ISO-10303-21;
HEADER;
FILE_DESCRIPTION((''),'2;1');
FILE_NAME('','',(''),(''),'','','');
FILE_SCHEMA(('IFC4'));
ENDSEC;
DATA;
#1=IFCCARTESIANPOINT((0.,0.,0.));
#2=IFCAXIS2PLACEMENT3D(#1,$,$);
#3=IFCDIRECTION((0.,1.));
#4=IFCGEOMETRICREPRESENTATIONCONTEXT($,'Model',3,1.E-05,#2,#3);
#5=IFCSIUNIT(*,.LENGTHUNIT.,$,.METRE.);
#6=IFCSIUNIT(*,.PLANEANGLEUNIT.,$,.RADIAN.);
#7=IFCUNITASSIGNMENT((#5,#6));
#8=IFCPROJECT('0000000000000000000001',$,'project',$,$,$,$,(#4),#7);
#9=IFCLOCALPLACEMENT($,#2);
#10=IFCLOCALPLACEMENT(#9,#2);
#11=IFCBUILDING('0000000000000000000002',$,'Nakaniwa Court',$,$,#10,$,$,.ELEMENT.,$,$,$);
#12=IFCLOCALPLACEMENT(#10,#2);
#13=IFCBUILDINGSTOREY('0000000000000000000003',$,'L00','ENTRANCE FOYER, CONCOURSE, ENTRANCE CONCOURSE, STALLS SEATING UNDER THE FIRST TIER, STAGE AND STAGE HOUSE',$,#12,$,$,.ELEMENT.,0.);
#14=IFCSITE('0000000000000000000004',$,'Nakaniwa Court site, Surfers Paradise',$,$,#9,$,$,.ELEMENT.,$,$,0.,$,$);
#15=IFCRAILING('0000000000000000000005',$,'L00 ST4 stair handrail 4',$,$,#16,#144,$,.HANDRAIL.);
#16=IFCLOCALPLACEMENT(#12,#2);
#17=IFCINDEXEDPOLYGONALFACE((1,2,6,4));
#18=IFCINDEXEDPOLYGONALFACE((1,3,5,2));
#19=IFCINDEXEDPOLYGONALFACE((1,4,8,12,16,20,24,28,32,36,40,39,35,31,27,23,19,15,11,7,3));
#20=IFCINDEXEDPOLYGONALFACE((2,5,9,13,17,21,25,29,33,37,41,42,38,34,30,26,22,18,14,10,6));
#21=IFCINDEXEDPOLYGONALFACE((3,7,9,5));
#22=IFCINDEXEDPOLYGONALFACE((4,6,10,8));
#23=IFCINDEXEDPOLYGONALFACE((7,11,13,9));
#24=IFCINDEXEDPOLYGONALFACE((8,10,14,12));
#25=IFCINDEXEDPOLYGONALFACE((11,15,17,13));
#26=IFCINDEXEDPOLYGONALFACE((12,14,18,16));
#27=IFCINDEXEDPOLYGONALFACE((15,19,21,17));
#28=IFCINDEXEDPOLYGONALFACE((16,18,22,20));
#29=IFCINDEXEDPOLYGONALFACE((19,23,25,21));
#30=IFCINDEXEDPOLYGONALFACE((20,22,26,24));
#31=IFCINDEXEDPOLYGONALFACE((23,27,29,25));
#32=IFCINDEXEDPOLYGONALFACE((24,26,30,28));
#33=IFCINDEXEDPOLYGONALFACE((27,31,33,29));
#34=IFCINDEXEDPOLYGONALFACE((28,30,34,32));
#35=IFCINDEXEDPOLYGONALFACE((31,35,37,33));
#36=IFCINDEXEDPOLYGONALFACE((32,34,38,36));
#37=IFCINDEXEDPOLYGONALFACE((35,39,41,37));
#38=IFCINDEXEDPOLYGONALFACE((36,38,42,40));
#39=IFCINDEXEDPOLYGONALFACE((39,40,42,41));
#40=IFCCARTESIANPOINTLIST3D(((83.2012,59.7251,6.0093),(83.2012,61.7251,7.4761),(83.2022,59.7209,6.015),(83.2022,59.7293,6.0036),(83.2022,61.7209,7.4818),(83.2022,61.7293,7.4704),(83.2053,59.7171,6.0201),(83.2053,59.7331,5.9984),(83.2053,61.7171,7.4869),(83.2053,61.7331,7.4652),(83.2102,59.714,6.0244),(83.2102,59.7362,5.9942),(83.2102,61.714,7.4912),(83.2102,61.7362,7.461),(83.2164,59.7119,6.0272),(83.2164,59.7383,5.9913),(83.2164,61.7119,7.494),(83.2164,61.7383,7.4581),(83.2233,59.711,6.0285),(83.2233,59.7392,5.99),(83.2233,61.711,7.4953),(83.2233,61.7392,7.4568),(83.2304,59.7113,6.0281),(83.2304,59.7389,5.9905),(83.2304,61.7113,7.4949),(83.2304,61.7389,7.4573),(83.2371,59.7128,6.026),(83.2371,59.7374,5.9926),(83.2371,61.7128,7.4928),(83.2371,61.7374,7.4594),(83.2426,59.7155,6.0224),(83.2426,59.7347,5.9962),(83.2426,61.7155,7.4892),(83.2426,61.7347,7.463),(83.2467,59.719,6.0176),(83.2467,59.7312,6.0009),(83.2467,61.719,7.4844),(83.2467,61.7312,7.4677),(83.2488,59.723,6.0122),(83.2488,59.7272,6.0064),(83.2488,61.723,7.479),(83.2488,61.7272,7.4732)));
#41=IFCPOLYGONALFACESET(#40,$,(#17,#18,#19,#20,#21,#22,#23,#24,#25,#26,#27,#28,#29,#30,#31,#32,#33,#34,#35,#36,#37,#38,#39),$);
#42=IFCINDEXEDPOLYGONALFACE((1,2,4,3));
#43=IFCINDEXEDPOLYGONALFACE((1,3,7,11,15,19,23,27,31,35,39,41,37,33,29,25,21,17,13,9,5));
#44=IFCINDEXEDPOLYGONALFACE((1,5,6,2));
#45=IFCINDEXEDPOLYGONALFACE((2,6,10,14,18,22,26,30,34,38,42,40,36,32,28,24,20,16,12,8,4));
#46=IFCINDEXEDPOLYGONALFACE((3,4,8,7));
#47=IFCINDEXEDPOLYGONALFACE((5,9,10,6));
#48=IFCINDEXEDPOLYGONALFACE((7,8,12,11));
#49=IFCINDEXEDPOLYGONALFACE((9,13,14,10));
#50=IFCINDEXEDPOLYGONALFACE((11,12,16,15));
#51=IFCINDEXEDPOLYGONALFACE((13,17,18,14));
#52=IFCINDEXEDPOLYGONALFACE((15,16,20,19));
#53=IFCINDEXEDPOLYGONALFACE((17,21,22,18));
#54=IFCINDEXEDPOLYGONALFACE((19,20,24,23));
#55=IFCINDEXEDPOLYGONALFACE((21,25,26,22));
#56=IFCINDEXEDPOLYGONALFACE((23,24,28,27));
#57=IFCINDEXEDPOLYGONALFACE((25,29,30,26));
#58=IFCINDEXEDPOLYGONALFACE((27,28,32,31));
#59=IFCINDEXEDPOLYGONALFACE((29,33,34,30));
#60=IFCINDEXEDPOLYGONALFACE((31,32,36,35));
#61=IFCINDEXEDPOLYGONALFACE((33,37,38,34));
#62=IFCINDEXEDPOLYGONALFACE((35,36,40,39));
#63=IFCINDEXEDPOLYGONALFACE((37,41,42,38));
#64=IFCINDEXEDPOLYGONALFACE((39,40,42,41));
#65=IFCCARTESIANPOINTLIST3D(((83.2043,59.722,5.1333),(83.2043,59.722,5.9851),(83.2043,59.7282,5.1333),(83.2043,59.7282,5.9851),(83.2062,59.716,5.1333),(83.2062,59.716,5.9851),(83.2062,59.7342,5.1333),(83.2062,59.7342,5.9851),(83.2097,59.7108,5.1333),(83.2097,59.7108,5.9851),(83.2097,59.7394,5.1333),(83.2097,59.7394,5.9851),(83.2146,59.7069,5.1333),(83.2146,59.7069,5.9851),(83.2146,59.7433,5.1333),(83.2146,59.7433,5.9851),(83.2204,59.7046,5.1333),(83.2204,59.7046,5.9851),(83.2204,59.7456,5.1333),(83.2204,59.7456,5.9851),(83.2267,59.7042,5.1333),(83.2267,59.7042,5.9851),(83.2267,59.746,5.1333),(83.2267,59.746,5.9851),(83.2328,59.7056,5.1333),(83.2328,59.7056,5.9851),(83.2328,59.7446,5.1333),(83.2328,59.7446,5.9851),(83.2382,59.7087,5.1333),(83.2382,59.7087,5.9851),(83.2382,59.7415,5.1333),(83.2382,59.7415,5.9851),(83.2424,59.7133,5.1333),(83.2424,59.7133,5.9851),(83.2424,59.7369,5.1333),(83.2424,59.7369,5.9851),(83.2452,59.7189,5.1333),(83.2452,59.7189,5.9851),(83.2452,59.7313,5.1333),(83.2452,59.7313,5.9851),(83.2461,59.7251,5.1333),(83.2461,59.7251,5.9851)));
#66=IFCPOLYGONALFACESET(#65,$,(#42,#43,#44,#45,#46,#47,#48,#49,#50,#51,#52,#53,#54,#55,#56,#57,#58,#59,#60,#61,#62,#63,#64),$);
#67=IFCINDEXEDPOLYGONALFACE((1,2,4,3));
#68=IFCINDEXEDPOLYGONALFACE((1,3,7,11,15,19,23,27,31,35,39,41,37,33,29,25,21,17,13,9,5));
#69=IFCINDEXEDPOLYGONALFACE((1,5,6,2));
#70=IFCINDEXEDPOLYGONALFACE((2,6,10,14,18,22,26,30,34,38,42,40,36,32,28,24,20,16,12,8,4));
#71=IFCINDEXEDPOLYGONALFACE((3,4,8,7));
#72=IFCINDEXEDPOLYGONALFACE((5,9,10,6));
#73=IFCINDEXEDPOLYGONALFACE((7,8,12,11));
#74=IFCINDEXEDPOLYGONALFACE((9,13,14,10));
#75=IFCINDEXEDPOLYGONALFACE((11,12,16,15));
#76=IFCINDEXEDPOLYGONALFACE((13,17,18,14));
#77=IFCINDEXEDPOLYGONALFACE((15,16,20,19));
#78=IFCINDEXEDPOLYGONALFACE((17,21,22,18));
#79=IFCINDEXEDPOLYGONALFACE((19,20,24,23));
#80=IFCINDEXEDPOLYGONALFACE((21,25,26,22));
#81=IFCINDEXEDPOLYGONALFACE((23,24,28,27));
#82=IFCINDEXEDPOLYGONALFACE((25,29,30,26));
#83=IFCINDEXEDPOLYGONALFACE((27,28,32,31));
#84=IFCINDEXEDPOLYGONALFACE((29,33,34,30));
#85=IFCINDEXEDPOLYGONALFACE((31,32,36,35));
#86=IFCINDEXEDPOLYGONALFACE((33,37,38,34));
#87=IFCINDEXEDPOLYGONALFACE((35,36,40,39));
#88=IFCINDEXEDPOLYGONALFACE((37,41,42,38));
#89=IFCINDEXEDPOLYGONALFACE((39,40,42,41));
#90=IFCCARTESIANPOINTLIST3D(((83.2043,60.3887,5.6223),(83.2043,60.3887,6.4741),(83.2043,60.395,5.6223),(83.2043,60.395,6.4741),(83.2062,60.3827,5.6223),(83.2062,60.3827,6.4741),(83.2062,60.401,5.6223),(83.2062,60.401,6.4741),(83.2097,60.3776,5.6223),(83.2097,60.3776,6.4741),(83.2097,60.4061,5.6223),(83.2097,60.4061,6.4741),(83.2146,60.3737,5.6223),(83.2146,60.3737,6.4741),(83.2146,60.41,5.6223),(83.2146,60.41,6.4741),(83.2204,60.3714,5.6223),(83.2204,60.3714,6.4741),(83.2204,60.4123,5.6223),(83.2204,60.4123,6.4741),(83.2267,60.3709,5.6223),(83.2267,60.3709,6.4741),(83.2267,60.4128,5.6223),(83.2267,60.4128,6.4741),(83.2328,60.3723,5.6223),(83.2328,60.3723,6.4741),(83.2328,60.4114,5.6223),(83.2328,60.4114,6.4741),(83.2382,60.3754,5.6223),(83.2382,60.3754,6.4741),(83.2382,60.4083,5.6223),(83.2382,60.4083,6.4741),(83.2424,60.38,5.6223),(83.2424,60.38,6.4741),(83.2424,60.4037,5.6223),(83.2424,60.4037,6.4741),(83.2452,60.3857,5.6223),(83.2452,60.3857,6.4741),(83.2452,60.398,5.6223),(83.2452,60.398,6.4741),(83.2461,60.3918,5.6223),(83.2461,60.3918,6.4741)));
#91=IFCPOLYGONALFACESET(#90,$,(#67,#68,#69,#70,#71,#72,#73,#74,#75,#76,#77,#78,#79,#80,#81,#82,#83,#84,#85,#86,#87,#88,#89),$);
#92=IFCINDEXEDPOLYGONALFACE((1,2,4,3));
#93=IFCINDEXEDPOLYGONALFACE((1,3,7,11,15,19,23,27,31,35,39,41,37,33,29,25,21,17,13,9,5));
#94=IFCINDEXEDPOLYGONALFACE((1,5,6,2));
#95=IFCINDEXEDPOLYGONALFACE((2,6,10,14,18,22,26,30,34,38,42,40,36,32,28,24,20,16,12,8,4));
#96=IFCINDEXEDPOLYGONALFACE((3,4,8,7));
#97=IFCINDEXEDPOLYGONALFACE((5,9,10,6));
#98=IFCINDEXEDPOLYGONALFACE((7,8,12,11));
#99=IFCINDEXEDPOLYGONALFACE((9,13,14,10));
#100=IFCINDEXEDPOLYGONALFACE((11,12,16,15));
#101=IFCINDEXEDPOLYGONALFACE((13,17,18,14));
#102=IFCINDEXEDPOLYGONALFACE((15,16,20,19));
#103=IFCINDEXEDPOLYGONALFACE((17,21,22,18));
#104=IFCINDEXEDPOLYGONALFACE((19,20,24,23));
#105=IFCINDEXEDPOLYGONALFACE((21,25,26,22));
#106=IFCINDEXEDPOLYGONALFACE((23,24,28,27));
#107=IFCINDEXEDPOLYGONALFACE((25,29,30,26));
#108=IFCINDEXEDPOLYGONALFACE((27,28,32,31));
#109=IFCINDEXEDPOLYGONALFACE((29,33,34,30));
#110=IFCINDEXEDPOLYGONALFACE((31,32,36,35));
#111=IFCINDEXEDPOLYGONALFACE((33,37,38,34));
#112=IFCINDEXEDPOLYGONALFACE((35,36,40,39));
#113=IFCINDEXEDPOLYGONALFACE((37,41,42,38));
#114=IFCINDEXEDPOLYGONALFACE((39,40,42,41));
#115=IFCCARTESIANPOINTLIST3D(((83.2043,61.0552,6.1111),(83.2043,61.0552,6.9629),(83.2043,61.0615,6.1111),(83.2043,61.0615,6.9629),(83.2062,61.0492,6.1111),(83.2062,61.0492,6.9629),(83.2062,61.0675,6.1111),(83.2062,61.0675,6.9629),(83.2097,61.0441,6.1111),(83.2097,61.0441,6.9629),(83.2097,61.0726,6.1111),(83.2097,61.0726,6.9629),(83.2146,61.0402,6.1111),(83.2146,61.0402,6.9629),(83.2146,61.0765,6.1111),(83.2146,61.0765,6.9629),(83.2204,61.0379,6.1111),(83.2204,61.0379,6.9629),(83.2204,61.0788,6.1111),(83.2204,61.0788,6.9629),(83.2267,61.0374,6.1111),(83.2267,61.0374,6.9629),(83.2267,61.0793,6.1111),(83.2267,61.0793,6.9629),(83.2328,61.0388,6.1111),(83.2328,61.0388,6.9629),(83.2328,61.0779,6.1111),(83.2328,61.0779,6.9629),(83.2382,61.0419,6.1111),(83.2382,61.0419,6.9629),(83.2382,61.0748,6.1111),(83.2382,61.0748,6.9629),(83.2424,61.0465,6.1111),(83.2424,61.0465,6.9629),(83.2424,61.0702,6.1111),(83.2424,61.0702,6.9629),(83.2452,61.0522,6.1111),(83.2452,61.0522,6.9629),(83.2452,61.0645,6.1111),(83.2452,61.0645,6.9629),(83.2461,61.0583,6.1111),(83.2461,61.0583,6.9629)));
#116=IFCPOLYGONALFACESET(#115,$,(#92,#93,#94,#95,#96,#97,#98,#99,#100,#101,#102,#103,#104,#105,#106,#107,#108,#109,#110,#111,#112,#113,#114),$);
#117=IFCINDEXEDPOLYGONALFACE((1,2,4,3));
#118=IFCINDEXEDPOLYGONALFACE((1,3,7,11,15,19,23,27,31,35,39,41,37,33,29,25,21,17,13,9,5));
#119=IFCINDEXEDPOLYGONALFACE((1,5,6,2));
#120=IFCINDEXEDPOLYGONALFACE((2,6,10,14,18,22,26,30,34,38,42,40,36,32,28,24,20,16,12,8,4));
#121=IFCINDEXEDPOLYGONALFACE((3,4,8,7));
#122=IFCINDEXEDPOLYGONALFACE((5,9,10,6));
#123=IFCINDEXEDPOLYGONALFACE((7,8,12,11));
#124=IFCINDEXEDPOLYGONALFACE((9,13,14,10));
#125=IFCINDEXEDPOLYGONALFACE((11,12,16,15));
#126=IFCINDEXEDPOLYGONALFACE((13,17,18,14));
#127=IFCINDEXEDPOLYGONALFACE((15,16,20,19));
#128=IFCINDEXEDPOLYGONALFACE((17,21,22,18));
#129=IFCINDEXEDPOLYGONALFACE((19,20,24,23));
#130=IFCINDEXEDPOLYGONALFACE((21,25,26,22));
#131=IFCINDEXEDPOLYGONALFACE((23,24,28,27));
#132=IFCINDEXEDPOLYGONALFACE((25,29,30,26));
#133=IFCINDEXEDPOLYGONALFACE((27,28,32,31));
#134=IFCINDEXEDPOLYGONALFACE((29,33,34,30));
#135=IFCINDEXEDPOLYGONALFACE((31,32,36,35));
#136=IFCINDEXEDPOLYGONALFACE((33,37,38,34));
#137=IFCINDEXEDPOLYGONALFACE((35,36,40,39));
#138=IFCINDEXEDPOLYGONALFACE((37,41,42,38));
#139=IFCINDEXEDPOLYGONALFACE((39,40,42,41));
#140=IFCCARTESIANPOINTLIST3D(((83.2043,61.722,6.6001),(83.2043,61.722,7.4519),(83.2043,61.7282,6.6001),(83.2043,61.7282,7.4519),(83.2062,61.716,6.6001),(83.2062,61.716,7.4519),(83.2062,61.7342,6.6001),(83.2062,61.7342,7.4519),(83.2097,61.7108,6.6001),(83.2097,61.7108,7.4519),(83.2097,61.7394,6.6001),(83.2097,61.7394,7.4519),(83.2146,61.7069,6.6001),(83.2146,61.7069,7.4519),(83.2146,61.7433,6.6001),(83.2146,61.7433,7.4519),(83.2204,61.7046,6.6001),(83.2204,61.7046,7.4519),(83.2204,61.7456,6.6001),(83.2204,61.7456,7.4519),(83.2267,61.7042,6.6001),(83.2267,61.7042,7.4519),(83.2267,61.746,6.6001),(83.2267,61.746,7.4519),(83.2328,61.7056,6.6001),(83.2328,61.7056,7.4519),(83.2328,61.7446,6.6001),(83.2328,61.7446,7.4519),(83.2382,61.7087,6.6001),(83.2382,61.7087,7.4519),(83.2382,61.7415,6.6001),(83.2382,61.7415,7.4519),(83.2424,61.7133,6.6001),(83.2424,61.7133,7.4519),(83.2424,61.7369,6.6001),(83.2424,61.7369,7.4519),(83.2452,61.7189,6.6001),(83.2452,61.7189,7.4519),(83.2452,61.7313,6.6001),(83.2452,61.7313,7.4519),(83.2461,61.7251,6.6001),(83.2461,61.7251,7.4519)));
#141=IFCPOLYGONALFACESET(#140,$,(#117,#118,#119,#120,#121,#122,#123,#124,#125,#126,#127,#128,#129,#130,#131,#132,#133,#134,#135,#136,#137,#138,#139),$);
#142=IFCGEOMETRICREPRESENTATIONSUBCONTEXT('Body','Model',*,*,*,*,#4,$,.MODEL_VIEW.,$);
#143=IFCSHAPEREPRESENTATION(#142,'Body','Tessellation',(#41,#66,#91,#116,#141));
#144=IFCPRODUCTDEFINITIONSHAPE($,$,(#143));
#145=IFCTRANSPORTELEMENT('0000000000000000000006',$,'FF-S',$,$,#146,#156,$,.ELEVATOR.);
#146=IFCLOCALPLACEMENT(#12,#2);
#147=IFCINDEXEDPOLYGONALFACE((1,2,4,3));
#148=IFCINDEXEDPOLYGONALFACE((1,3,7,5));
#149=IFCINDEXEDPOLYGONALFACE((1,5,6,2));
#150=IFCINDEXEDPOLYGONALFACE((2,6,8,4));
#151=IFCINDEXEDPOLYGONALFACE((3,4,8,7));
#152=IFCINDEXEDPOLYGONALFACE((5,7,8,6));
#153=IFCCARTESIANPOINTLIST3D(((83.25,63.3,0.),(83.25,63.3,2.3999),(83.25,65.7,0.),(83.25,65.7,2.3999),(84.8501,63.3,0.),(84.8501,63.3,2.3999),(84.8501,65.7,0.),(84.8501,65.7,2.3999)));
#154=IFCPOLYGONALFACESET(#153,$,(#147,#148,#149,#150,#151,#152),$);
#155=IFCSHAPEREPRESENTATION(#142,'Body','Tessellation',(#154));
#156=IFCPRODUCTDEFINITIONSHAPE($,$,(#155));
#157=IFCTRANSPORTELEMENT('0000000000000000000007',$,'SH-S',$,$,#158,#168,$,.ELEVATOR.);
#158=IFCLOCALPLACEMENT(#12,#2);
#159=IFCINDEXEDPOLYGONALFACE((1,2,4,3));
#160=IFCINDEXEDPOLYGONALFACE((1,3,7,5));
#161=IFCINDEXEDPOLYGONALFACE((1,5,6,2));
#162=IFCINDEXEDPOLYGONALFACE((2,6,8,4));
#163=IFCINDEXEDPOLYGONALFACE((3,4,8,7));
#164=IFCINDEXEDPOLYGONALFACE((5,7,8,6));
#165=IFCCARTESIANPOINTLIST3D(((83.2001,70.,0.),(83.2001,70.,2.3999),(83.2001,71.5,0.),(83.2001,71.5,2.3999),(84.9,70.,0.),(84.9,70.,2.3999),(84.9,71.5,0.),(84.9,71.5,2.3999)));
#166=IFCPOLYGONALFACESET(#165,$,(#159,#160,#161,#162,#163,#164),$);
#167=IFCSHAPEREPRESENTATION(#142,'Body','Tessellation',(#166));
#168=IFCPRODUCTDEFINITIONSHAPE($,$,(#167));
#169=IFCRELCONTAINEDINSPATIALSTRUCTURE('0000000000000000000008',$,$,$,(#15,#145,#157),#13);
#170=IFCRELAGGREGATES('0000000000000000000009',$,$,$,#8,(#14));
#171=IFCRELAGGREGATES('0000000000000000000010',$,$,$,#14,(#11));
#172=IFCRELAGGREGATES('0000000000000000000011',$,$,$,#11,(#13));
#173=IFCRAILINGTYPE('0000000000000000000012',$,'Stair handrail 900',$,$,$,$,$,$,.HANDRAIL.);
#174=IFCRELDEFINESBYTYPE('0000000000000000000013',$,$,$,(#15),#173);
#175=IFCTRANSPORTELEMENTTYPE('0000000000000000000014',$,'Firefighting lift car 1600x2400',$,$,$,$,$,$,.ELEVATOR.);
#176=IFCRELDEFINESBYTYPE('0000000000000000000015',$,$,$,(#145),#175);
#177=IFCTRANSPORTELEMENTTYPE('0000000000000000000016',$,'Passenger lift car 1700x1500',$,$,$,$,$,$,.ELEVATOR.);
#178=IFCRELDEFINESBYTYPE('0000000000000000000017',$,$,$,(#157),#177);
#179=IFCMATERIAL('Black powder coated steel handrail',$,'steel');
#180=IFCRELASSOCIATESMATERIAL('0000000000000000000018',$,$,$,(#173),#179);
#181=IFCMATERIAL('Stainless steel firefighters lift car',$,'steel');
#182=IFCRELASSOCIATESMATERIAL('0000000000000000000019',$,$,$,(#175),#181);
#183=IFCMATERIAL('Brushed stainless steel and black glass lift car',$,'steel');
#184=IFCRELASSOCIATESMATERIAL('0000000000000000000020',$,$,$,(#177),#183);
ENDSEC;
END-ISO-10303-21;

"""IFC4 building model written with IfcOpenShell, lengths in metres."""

from ifc_helpers import new_model, si_unit, direction, frame, origin, origin_2d, place, context, subcontext, project, spatial, rectangle, circle, extrude, material, type_object, element, save


model = new_model("IFC4")

# Units and contexts
model_context = context("Model", 3, precision=1e-05, world=origin(), true_north=direction((0.0, 1.0)))
body_context = subcontext(model_context, "Body", "Model", "MODEL_VIEW")
ifc_project = project(units=[si_unit("LENGTHUNIT", "METRE"), si_unit("PLANEANGLEUNIT", "RADIAN")], contexts=[model_context])

# Site, building, storey
site_placement = place(None, origin())
site = spatial("IfcSite", under=ifc_project, at=site_placement, Name="Nakaniwa Court site, Surfers Paradise", CompositionType="ELEMENT", RefElevation=0.0)
building_placement = place(site_placement, origin())
building = spatial("IfcBuilding", under=site, at=building_placement, Name="Nakaniwa Court", CompositionType="ELEMENT")
storey_placement = place(building_placement, origin())
storey = spatial("IfcBuildingStorey", under=building, at=storey_placement, Name="L00", Description="ENTRANCE FOYER, CONCOURSE, ENTRANCE CONCOURSE, STALLS SEATING UNDER THE FIRST TIER, STAGE AND STAGE HOUSE", CompositionType="ELEMENT", Elevation=0.0)

# Railing
ifc_material_1 = material(Name="Black powder coated steel handrail", Category="steel")
railing_type = type_object("IfcRailingType", Name="Stair handrail 900", PredefinedType="HANDRAIL", material=ifc_material_1)
for number, where, name in (
    (1, (83.2251, 59.7251, 5.1333), "L00 ST4 stair handrail 4"),
):
    element("IfcRailing", number, at=place(storey_placement, frame(where)), inside=storey, type_object=railing_type, Name=name, PredefinedType="HANDRAIL", context=body_context, shape_type="SweptSolid", body=[
        extrude(circle(Radius=0.0239, at=origin_2d()), frame((0.0, 0.0, 0.876), z_axis=(0.0, 0.80638, 0.591398), x_axis=(-1.0, 0.0, 0.0)), (0.0, 0.0, 1.0), 2.4802),
        extrude(circle(Radius=0.021, at=origin_2d()), origin(), (0.0, 0.0, 1.0), 0.8518),
        extrude(circle(Radius=0.021, at=origin_2d()), frame((0.0, 0.6667, 0.489)), (0.0, 0.0, 1.0), 0.8518),
        extrude(circle(Radius=0.021, at=origin_2d()), frame((0.0, 1.3333, 0.9778)), (0.0, 0.0, 1.0), 0.8518),
        extrude(circle(Radius=0.021, at=origin_2d()), frame((0.0, 2.0, 1.4668)), (0.0, 0.0, 1.0), 0.8518),
    ])

# Transport elements
ifc_material_2 = material(Name="Stainless steel firefighters lift car", Category="steel")
transport_element_type_1 = type_object("IfcTransportElementType", Name="Firefighting lift car 1600x2400", PredefinedType="ELEVATOR", material=ifc_material_2)
transport_element_1_placement = place(storey_placement, frame((84.05, 64.5, 0.0), z_axis=(0.0, 0.0, 1.0), x_axis=(1.0, 0.0, 0.0)))
element("IfcTransportElement", 2, at=transport_element_1_placement, inside=storey, type_object=transport_element_type_1, Name="FF-S", PredefinedType="ELEVATOR", context=body_context, shape_type="SweptSolid", body=[
    extrude(rectangle(XDim=1.6001, YDim=2.3999, at=origin_2d()), origin(), (0.0, 0.0, 1.0), 2.3999),
])
ifc_material_3 = material(Name="Brushed stainless steel and black glass lift car", Category="steel")
transport_element_type_2 = type_object("IfcTransportElementType", Name="Passenger lift car 1700x1500", PredefinedType="ELEVATOR", material=ifc_material_3)
transport_element_2_placement = place(storey_placement, frame((84.05, 70.75, 0.0), z_axis=(0.0, 0.0, 1.0), x_axis=(1.0, 0.0, 0.0)))
element("IfcTransportElement", 3, at=transport_element_2_placement, inside=storey, type_object=transport_element_type_2, Name="SH-S", PredefinedType="ELEVATOR", context=body_context, shape_type="SweptSolid", body=[
    extrude(rectangle(XDim=1.7, YDim=1.5, at=origin_2d()), origin(), (0.0, 0.0, 1.0), 2.3999),
])

save(model, "model.ifc")
